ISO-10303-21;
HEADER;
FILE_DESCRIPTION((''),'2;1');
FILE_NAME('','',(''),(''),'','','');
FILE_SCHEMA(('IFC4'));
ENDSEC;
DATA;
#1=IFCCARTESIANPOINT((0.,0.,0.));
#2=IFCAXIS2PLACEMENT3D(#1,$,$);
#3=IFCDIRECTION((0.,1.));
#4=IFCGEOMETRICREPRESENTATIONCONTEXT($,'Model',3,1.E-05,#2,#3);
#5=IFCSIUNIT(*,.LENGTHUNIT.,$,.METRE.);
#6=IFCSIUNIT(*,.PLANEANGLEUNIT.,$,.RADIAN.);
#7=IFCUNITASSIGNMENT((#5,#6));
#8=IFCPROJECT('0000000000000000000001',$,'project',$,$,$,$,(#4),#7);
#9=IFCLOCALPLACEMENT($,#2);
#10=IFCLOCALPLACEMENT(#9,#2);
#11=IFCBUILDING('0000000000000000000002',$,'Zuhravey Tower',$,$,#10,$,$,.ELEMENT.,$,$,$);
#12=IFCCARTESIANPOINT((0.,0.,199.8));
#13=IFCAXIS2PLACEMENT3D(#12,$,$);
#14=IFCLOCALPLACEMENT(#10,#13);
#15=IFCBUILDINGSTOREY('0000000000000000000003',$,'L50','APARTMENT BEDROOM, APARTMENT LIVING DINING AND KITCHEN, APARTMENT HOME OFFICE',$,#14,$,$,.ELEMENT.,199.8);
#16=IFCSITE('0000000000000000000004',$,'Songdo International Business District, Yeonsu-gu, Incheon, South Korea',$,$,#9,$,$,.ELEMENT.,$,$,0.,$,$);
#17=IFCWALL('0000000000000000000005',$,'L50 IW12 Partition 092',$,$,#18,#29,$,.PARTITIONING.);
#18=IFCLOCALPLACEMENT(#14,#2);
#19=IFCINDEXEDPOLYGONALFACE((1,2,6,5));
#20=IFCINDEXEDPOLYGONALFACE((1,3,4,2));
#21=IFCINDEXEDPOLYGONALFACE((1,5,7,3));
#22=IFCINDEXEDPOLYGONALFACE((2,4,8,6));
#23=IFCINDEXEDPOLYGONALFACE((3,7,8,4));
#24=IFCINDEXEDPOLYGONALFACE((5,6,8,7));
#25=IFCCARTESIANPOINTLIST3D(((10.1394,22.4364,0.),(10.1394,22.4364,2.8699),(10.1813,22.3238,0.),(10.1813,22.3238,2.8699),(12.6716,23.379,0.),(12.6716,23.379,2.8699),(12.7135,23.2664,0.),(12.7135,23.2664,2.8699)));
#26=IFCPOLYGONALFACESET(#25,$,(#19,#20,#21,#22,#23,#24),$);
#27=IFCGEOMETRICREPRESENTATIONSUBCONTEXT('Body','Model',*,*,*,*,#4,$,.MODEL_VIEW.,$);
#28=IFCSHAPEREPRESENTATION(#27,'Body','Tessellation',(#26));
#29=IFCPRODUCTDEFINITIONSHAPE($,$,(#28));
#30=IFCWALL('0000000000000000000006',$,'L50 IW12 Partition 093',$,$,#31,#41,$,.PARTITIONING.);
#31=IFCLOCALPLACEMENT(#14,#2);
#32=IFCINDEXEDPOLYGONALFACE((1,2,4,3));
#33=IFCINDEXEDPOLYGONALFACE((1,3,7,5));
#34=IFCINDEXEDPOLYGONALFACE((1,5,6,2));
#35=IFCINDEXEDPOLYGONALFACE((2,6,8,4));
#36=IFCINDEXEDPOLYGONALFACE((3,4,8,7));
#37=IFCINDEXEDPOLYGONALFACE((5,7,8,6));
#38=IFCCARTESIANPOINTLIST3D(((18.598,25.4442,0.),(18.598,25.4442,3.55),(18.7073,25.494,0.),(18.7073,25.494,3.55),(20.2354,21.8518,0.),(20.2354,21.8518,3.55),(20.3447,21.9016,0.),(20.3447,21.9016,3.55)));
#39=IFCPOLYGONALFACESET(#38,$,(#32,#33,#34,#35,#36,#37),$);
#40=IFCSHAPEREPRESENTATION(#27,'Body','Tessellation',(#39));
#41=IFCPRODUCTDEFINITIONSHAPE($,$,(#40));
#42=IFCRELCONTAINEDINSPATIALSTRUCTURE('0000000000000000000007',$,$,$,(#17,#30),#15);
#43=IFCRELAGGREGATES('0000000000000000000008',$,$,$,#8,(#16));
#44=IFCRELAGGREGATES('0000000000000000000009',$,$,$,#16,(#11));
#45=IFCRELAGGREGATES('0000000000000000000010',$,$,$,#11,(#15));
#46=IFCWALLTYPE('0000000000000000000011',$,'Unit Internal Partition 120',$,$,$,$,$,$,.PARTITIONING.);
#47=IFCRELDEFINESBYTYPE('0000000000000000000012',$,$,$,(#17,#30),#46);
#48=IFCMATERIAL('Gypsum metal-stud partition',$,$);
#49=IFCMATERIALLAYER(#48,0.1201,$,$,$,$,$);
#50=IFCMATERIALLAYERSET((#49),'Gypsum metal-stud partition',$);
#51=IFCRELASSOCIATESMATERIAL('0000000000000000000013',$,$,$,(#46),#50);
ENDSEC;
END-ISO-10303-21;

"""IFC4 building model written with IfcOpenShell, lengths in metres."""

from ifc_helpers import new_model, si_unit, direction, frame, frame_2d, origin, place, context, subcontext, project, spatial, rectangle, extrude, material, layer, layer_set, type_object, element, save


model = new_model("IFC4")

# Units and contexts
model_context = context("Model", 3, precision=1e-05, world=origin(), true_north=direction((0.0, 1.0)))
body_context = subcontext(model_context, "Body", "Model", "MODEL_VIEW")
ifc_project = project(units=[si_unit("LENGTHUNIT", "METRE"), si_unit("PLANEANGLEUNIT", "RADIAN")], contexts=[model_context])

# Site, building, storey
site_placement = place(None, origin())
site = spatial("IfcSite", under=ifc_project, at=site_placement, Name="Songdo International Business District, Yeonsu-gu, Incheon, South Korea", CompositionType="ELEMENT", RefElevation=0.0)
building_placement = place(site_placement, origin())
building = spatial("IfcBuilding", under=site, at=building_placement, Name="Zuhravey Tower", CompositionType="ELEMENT")
storey_placement = place(building_placement, frame((0.0, 0.0, 199.8)))
storey = spatial("IfcBuildingStorey", under=building, at=storey_placement, Name="L50", Description="APARTMENT BEDROOM, APARTMENT LIVING DINING AND KITCHEN, APARTMENT HOME OFFICE", CompositionType="ELEMENT", Elevation=199.8)

# Shared definitions
ifc_material_1 = material(Name="Gypsum metal-stud partition")
ifc_layer_1 = layer(ifc_material_1, 0.1201)
ifc_layer_set_1 = layer_set([ifc_layer_1], Name="Gypsum metal-stud partition")
wall_type_1 = type_object("IfcWallType", Name="Unit Internal Partition 120", PredefinedType="PARTITIONING", material=ifc_layer_set_1)

# Walls
wall_1_placement = place(storey_placement, frame((12.6926, 23.3228, 0.0), z_axis=(0.0, 0.0, 1.0), x_axis=(-0.937173, -0.348865, 0.0)))
element("IfcWall", 1, at=wall_1_placement, inside=storey, type_object=wall_type_1, Name="L50 IW12 Partition 092", PredefinedType="PARTITIONING", context=body_context, shape_type="SweptSolid", body=[
    extrude(rectangle(XDim=2.7019, YDim=0.1201, at=frame_2d((1.3511, 0.0))), origin(), (0.0, 0.0, 1.0), 2.8699),
])
wall_2_placement = place(storey_placement, frame((18.6526, 25.4692, 0.0), z_axis=(0.0, 0.0, 1.0), x_axis=(0.414744, -0.909938, 0.0)))
element("IfcWall", 2, at=wall_2_placement, inside=storey, type_object=wall_type_1, Name="L50 IW12 Partition 093", PredefinedType="PARTITIONING", context=body_context, shape_type="SweptSolid", body=[
    extrude(rectangle(XDim=3.948, YDim=0.1201, at=frame_2d((1.9741, 0.0))), origin(), (0.0, 0.0, 1.0), 3.55),
])

save(model, "model.ifc")
